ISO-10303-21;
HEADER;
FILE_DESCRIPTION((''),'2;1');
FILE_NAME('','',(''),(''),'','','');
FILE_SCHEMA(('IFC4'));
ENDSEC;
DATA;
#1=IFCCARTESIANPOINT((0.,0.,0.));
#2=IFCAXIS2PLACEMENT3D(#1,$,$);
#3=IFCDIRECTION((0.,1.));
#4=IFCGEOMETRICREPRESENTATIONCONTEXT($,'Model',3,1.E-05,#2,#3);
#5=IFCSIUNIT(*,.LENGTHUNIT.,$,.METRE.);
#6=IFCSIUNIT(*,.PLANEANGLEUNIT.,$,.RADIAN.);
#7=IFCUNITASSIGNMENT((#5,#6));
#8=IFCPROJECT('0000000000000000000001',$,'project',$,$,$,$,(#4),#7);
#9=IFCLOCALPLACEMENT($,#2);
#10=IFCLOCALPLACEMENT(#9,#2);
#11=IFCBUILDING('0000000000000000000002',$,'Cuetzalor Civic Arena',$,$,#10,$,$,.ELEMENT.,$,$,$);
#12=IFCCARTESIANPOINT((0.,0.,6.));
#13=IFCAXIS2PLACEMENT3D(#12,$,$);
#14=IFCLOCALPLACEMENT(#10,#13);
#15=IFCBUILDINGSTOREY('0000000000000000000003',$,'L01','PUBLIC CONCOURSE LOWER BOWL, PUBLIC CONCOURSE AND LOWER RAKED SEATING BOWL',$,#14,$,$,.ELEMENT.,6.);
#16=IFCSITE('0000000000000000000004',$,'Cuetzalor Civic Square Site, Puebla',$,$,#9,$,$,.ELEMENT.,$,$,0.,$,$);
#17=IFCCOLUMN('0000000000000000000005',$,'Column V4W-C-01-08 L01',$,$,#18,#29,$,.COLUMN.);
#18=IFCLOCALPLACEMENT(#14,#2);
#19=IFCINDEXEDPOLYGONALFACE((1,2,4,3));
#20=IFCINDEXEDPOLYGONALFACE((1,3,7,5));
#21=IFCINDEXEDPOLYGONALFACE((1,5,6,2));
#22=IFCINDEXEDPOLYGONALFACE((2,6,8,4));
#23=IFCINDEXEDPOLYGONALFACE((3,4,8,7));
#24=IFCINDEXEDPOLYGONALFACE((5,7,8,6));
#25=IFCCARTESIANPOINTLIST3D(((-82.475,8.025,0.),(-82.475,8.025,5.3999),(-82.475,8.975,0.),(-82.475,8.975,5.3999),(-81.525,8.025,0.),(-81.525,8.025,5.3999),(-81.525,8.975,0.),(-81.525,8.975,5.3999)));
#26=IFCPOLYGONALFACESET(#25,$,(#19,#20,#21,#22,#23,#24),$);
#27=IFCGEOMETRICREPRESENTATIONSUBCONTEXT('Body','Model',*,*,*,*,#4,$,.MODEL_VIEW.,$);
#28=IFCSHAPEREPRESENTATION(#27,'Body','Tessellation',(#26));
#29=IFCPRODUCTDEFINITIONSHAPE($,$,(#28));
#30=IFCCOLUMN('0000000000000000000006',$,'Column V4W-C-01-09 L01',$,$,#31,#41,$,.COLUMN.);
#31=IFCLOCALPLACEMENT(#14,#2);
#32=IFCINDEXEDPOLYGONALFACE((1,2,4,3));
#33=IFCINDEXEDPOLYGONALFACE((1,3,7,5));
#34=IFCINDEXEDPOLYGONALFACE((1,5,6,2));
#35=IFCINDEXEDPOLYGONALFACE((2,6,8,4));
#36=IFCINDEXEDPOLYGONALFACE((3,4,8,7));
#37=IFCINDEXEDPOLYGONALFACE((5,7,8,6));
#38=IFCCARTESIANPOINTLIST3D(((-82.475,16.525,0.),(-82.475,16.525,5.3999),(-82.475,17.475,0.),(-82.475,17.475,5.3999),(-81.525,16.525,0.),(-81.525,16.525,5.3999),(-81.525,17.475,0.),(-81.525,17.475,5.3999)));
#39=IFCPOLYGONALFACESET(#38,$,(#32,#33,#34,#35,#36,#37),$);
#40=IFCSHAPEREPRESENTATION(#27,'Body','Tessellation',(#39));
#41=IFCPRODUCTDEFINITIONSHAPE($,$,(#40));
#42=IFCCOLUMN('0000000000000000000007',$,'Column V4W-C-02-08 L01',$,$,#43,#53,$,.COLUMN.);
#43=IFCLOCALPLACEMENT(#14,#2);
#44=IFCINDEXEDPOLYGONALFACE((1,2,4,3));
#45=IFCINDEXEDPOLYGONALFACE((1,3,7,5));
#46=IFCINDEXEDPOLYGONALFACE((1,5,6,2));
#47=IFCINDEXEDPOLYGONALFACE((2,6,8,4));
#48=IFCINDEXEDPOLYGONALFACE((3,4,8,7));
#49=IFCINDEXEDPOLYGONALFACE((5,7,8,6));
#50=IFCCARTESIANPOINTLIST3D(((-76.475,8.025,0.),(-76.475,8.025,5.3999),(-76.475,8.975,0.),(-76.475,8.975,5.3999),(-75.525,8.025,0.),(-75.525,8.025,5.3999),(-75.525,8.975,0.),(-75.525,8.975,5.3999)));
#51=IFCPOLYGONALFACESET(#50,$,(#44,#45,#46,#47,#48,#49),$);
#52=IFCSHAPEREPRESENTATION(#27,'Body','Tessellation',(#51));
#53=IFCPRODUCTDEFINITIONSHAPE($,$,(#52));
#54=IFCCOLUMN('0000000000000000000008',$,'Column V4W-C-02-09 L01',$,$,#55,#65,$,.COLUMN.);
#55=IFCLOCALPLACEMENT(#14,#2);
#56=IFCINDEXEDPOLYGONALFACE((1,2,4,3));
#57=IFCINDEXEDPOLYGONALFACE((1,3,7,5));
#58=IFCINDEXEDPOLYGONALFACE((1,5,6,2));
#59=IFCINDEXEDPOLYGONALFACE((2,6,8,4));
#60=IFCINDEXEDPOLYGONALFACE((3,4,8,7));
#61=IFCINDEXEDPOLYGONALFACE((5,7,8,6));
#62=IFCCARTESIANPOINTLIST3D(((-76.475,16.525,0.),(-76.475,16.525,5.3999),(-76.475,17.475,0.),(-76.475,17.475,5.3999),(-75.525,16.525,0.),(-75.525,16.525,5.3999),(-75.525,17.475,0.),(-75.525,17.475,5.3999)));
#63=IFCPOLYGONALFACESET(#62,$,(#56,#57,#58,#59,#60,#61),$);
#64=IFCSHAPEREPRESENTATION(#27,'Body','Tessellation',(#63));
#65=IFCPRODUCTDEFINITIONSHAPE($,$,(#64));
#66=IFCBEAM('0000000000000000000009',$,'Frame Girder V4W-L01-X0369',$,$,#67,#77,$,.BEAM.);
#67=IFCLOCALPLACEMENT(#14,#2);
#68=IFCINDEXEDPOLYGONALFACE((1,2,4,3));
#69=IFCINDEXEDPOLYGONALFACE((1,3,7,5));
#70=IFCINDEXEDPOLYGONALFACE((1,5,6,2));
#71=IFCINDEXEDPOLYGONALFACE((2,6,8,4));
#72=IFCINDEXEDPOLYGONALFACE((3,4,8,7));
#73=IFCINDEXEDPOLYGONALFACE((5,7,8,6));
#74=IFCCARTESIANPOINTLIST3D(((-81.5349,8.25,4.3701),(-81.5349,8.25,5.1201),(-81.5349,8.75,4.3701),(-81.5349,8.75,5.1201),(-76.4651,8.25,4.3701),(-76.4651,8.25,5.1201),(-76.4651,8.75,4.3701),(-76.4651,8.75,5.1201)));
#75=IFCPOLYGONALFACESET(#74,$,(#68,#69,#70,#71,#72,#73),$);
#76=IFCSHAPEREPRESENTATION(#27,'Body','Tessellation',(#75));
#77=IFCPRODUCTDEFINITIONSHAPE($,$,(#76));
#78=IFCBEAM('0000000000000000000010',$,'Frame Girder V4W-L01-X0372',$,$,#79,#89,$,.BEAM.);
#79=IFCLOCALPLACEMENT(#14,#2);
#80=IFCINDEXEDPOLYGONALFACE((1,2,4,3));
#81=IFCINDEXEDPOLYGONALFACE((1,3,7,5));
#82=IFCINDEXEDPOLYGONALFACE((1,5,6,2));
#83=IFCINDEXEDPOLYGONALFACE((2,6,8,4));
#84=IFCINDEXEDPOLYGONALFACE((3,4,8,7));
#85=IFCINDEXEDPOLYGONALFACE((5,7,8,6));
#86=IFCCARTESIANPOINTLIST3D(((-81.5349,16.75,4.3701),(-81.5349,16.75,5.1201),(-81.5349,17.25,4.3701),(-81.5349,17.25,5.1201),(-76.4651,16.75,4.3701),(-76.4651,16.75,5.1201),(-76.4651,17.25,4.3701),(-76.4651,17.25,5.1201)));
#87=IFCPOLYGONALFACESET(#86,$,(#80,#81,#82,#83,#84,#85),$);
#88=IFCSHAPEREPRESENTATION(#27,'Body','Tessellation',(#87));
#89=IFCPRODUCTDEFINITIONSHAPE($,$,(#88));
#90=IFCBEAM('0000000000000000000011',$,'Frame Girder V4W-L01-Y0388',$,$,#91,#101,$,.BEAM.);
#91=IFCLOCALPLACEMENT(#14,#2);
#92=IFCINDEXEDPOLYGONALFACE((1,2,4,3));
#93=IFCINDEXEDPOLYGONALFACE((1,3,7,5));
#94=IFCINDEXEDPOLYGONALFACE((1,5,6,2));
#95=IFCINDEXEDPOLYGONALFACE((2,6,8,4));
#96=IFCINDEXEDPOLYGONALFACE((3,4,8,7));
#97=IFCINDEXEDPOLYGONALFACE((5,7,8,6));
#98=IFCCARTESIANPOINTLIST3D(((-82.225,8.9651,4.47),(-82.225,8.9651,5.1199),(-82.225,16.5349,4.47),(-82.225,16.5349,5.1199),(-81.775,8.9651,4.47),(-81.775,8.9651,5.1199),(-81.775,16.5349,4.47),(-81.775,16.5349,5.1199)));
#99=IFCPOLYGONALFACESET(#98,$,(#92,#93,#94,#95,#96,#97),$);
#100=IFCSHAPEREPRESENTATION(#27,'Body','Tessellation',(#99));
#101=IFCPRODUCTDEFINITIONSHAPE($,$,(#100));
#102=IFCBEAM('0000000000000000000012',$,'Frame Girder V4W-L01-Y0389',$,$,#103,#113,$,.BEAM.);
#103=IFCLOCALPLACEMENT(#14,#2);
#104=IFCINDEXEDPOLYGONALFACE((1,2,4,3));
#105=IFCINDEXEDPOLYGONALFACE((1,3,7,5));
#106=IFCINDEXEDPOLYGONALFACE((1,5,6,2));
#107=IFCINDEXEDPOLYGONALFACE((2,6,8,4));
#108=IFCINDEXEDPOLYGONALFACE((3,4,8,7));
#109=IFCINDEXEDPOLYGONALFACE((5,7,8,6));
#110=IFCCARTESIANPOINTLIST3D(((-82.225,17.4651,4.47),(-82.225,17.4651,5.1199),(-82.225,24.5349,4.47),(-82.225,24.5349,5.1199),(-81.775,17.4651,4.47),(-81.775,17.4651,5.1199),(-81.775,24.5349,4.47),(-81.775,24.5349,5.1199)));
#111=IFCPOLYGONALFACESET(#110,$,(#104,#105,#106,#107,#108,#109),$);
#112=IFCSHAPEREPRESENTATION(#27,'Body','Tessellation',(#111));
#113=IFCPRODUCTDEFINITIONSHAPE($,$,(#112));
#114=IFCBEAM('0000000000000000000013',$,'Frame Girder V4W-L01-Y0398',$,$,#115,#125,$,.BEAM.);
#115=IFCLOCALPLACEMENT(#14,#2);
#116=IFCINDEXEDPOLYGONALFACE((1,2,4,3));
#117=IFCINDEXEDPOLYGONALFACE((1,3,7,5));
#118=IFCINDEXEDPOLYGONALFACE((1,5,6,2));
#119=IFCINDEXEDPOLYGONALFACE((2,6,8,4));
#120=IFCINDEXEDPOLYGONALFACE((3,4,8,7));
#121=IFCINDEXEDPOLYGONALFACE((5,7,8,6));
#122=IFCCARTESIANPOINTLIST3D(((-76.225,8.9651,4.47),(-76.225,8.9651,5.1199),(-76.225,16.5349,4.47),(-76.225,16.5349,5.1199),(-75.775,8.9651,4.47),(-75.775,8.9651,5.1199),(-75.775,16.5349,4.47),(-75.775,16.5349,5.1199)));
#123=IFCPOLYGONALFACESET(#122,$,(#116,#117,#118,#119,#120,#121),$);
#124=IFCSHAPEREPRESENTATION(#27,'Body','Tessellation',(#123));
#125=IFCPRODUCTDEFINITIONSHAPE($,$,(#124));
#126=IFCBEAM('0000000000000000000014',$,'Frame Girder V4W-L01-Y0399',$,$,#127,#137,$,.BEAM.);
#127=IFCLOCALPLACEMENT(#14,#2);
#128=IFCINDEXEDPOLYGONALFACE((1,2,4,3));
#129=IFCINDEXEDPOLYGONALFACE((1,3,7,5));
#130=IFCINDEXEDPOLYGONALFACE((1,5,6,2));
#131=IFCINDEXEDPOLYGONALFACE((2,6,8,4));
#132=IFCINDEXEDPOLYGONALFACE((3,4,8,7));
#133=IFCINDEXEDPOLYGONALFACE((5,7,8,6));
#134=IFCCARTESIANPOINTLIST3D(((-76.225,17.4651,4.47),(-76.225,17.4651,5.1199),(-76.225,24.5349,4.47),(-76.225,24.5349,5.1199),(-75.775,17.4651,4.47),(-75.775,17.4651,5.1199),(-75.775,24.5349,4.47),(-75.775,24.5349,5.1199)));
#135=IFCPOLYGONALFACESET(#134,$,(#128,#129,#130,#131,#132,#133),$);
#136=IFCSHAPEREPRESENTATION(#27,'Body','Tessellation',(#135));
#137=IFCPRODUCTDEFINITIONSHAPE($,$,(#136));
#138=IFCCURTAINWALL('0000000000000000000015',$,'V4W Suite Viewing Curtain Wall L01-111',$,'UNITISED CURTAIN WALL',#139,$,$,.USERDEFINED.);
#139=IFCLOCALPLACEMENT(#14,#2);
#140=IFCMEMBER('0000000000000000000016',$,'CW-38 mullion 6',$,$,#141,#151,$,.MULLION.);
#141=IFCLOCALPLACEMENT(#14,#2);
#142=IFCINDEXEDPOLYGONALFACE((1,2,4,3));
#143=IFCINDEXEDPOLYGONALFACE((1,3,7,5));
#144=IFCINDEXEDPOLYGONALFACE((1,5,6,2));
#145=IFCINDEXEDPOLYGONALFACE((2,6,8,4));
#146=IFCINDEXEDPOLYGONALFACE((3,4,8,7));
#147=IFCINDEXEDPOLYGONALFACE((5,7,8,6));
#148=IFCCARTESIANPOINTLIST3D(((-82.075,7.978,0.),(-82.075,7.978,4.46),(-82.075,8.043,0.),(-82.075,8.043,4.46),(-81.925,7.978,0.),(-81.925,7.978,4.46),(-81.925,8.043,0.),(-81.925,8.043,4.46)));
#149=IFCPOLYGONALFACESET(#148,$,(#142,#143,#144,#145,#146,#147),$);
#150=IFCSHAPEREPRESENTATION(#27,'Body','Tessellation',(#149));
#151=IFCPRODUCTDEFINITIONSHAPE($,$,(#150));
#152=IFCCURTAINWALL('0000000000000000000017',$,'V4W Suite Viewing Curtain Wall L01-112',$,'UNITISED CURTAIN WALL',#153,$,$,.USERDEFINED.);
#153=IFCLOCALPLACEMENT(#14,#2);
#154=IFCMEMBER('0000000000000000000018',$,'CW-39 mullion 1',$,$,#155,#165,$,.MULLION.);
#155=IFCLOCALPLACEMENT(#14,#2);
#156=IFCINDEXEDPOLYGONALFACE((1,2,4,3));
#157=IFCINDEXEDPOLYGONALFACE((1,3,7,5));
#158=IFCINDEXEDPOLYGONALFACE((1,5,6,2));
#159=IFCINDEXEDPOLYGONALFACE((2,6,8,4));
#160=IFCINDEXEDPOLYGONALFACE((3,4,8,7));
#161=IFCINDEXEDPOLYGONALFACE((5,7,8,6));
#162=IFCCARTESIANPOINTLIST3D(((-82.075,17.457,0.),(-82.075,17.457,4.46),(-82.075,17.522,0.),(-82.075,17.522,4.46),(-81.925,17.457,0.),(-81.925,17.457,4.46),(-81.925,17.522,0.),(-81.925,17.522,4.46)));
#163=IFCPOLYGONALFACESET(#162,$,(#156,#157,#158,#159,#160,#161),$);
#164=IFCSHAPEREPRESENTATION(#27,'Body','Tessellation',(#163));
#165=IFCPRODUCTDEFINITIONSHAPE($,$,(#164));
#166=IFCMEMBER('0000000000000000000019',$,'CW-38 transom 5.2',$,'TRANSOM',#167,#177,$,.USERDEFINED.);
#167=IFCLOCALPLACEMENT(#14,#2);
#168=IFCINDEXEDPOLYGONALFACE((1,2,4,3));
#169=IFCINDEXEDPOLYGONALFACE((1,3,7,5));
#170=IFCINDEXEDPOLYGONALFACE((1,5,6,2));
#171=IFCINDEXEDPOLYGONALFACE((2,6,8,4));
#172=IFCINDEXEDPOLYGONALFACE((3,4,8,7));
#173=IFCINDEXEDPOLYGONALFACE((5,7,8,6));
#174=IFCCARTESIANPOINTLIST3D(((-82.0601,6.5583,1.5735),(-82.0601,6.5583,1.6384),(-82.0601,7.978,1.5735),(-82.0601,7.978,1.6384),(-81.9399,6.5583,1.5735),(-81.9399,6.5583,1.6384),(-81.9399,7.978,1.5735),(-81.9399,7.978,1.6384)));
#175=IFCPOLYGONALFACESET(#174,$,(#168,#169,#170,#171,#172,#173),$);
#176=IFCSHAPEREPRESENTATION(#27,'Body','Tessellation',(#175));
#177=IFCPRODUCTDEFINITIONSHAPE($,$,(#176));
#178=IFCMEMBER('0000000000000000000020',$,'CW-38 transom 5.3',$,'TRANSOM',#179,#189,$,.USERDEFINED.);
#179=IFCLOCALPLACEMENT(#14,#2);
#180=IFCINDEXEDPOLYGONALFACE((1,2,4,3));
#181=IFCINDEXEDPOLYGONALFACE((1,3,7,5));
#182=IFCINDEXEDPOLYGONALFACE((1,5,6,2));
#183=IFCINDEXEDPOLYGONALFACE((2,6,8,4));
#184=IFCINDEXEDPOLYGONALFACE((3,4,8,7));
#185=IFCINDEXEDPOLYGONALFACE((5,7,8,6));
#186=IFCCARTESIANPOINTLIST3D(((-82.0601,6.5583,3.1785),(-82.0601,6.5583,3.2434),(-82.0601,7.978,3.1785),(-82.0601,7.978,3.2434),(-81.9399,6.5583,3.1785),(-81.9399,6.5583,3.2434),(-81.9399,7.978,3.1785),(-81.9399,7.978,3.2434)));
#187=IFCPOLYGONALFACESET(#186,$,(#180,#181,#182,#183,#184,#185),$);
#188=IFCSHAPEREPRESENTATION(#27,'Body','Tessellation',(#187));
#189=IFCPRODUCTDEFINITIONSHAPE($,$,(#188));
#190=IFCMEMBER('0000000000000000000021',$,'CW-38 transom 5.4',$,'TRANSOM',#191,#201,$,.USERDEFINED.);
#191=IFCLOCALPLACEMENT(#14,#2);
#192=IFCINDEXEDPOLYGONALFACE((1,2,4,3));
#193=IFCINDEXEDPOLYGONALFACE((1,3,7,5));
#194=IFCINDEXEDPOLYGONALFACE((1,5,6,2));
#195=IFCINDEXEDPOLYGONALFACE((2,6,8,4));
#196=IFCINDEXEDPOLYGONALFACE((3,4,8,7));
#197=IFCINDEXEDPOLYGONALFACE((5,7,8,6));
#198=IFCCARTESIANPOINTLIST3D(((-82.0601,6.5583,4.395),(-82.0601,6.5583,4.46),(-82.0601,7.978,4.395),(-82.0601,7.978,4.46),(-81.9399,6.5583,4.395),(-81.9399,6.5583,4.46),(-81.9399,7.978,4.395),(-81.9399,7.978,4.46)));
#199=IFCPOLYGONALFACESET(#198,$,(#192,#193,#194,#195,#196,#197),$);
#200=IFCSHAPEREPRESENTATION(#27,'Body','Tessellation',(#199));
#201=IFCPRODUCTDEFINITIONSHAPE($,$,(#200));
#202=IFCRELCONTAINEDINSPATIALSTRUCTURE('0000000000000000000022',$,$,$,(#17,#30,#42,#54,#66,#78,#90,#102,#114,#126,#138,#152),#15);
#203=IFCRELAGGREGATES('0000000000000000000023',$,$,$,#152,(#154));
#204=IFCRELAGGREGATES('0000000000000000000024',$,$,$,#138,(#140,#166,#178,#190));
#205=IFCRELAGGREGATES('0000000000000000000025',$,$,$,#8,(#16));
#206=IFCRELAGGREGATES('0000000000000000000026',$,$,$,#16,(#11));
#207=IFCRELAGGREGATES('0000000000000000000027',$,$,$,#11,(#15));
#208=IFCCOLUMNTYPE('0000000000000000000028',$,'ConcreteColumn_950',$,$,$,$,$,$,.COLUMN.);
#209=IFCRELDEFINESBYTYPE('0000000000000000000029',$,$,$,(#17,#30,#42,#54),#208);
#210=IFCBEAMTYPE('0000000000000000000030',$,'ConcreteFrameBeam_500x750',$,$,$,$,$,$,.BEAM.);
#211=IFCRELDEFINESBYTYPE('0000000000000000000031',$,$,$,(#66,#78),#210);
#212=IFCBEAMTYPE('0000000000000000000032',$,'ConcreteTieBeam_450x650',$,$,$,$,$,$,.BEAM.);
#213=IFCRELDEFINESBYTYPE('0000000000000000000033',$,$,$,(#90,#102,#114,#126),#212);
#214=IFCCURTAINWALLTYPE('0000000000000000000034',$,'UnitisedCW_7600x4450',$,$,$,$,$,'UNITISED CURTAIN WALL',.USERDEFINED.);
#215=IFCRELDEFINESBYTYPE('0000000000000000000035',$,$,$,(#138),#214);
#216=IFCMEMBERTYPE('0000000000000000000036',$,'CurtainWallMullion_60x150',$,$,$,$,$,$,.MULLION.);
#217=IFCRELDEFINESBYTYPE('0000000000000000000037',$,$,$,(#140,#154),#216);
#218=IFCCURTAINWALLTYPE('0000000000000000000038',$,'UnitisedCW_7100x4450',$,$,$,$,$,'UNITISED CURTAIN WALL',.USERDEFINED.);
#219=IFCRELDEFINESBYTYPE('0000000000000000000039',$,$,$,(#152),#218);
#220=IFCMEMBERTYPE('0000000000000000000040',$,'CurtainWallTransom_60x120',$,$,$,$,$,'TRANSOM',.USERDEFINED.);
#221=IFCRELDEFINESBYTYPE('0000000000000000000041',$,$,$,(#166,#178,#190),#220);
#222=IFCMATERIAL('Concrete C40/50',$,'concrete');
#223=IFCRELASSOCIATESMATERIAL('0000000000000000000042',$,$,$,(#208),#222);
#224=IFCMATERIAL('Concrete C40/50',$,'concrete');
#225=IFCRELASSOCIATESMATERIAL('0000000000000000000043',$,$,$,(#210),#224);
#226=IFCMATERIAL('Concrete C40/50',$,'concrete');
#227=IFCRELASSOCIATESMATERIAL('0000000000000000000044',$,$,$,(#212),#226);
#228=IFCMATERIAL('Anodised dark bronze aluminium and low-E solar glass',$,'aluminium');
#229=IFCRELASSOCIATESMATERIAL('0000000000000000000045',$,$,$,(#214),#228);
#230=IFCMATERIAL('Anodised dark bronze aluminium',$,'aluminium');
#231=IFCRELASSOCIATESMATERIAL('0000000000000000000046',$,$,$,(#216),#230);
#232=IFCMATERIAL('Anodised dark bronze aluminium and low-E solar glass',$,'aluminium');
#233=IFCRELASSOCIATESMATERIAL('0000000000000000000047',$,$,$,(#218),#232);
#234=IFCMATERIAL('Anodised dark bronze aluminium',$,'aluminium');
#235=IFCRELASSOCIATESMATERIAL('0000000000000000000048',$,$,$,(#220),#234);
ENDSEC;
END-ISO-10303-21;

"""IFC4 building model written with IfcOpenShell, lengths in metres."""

from ifc_helpers import new_model, si_unit, direction, frame, origin, origin_2d, place, context, subcontext, project, spatial, rectangle, extrude, material, material_profile, profile_set, type_object, element, aggregate, save


model = new_model("IFC4")

# Units and contexts
model_context = context("Model", 3, precision=1e-05, world=origin(), true_north=direction((0.0, 1.0)))
body_context = subcontext(model_context, "Body", "Model", "MODEL_VIEW")
ifc_project = project(units=[si_unit("LENGTHUNIT", "METRE"), si_unit("PLANEANGLEUNIT", "RADIAN")], contexts=[model_context])

# Site, building, storey
site_placement = place(None, origin())
site = spatial("IfcSite", under=ifc_project, at=site_placement, Name="Cuetzalor Civic Square Site, Puebla", CompositionType="ELEMENT", RefElevation=0.0)
building_placement = place(site_placement, origin())
building = spatial("IfcBuilding", under=site, at=building_placement, Name="Cuetzalor Civic Arena", CompositionType="ELEMENT")
storey_placement = place(building_placement, frame((0.0, 0.0, 6.0)))
storey = spatial("IfcBuildingStorey", under=building, at=storey_placement, Name="L01", Description="PUBLIC CONCOURSE LOWER BOWL, PUBLIC CONCOURSE AND LOWER RAKED SEATING BOWL", CompositionType="ELEMENT", Elevation=6.0)

# Columns
ifc_material_1 = material(Name="Concrete C40/50", Category="concrete")
ifc_material_profile_1 = material_profile(ifc_material_1, rectangle(XDim=0.95, YDim=0.95, at=origin_2d()), Name="RC 950x950")
ifc_profile_set_1 = profile_set([ifc_material_profile_1], Name="Concrete C40/50")
column_type = type_object("IfcColumnType", Name="ConcreteColumn_950", PredefinedType="COLUMN", material=ifc_profile_set_1)
for number, where, z_axis, x_axis, name in (
    (1, (-82.0, 8.5, 0.0), (0.0, 0.0, 1.0), (1.0, 0.0, 0.0), "Column V4W-C-01-08 L01"),
    (2, (-82.0, 17.0, 0.0), (0.0, 0.0, 1.0), (1.0, 0.0, 0.0), "Column V4W-C-01-09 L01"),
    (3, (-76.0, 8.5, 0.0), (0.0, 0.0, 1.0), (1.0, 0.0, 0.0), "Column V4W-C-02-08 L01"),
    (4, (-76.0, 17.0, 0.0), (0.0, 0.0, 1.0), (1.0, 0.0, 0.0), "Column V4W-C-02-09 L01"),
):
    element("IfcColumn", number, at=place(storey_placement, frame(where, z_axis=z_axis, x_axis=x_axis)), inside=storey, type_object=column_type, Name=name, PredefinedType="COLUMN", context=body_context, shape_type="SweptSolid", body=[
        extrude(rectangle(XDim=0.95, YDim=0.95, at=origin_2d()), origin(), (0.0, 0.0, 1.0), 5.3999),
    ])

# Beams
ifc_material_2 = material(Name="Concrete C40/50", Category="concrete")
ifc_material_profile_2 = material_profile(ifc_material_2, rectangle(XDim=0.5, YDim=0.75, at=origin_2d()), Name="RC 500x750")
ifc_profile_set_2 = profile_set([ifc_material_profile_2], Name="Concrete C40/50")
beam_type_1 = type_object("IfcBeamType", Name="ConcreteFrameBeam_500x750", PredefinedType="BEAM", material=ifc_profile_set_2)
for number, where, z_axis, x_axis, name in (
    (5, (-81.5349, 8.5, 4.7451), (1.0, 0.0, 0.0), (0.0, 1.0, 0.0), "Frame Girder V4W-L01-X0369"),
    (6, (-81.5349, 17.0, 4.7451), (1.0, 0.0, 0.0), (0.0, 1.0, 0.0), "Frame Girder V4W-L01-X0372"),
):
    element("IfcBeam", number, at=place(storey_placement, frame(where, z_axis=z_axis, x_axis=x_axis)), inside=storey, type_object=beam_type_1, Name=name, PredefinedType="BEAM", context=body_context, shape_type="SweptSolid", body=[
        extrude(rectangle(XDim=0.5, YDim=0.75, at=origin_2d()), origin(), (0.0, 0.0, 1.0), 5.0698),
    ])
ifc_material_3 = material(Name="Concrete C40/50", Category="concrete")
ifc_material_profile_3 = material_profile(ifc_material_3, rectangle(XDim=0.45, YDim=0.6499, at=origin_2d()), Name="RC 450x650")
ifc_profile_set_3 = profile_set([ifc_material_profile_3], Name="Concrete C40/50")
beam_type_2 = type_object("IfcBeamType", Name="ConcreteTieBeam_450x650", PredefinedType="BEAM", material=ifc_profile_set_3)
beam_1_placement = place(storey_placement, frame((-82.0, 8.9651, 4.7949), z_axis=(0.0, 1.0, 0.0), x_axis=(-1.0, 0.0, 0.0)))
element("IfcBeam", 7, at=beam_1_placement, inside=storey, type_object=beam_type_2, Name="Frame Girder V4W-L01-Y0388", PredefinedType="BEAM", context=body_context, shape_type="SweptSolid", body=[
    extrude(rectangle(XDim=0.45, YDim=0.6499, at=origin_2d()), origin(), (0.0, 0.0, 1.0), 7.5698),
])
beam_2_placement = place(storey_placement, frame((-82.0, 17.4651, 4.7949), z_axis=(0.0, 1.0, 0.0), x_axis=(-1.0, 0.0, 0.0)))
element("IfcBeam", 8, at=beam_2_placement, inside=storey, type_object=beam_type_2, Name="Frame Girder V4W-L01-Y0389", PredefinedType="BEAM", context=body_context, shape_type="SweptSolid", body=[
    extrude(rectangle(XDim=0.45, YDim=0.6499, at=origin_2d()), origin(), (0.0, 0.0, 1.0), 7.0698),
])
beam_3_placement = place(storey_placement, frame((-76.0, 8.9651, 4.7949), z_axis=(0.0, 1.0, 0.0), x_axis=(-1.0, 0.0, 0.0)))
element("IfcBeam", 9, at=beam_3_placement, inside=storey, type_object=beam_type_2, Name="Frame Girder V4W-L01-Y0398", PredefinedType="BEAM", context=body_context, shape_type="SweptSolid", body=[
    extrude(rectangle(XDim=0.45, YDim=0.6499, at=origin_2d()), origin(), (0.0, 0.0, 1.0), 7.5698),
])
beam_4_placement = place(storey_placement, frame((-76.0, 17.4651, 4.7949), z_axis=(0.0, 1.0, 0.0), x_axis=(-1.0, 0.0, 0.0)))
element("IfcBeam", 10, at=beam_4_placement, inside=storey, type_object=beam_type_2, Name="Frame Girder V4W-L01-Y0399", PredefinedType="BEAM", context=body_context, shape_type="SweptSolid", body=[
    extrude(rectangle(XDim=0.45, YDim=0.6499, at=origin_2d()), origin(), (0.0, 0.0, 1.0), 7.0698),
])

# Curtain walls, members
ifc_material_4 = material(Name="Anodised dark bronze aluminium and low-E solar glass", Category="aluminium")
curtain_wall_type_1 = type_object("IfcCurtainWallType", Name="UnitisedCW_7600x4450", ElementType="UNITISED CURTAIN WALL", PredefinedType="USERDEFINED", material=ifc_material_4)
curtain_wall_1_placement = place(storey_placement, origin())
curtain_wall_1 = element("IfcCurtainWall", 11, at=curtain_wall_1_placement, inside=storey, type_object=curtain_wall_type_1, Name="V4W Suite Viewing Curtain Wall L01-111", ObjectType="UNITISED CURTAIN WALL", PredefinedType="USERDEFINED")
ifc_material_5 = material(Name="Anodised dark bronze aluminium", Category="aluminium")
ifc_material_profile_4 = material_profile(ifc_material_5, rectangle(XDim=0.0649, YDim=0.1499, at=origin_2d()), Name="ALU MULLION 65x150")
ifc_profile_set_4 = profile_set([ifc_material_profile_4], Name="Anodised dark bronze aluminium")
member_type_1 = type_object("IfcMemberType", Name="CurtainWallMullion_60x150", PredefinedType="MULLION", material=ifc_profile_set_4)
member_1_placement = place(storey_placement, frame((-82.0, 8.0105, 0.0), z_axis=(0.0, 0.0, 1.0), x_axis=(0.0, 1.0, 0.0)))
member_1 = element("IfcMember", 12, at=member_1_placement, type_object=member_type_1, Name="CW-38 mullion 6", PredefinedType="MULLION", context=body_context, shape_type="SweptSolid", body=[
    extrude(rectangle(XDim=0.0649, YDim=0.1499, at=origin_2d()), origin(), (0.0, 0.0, 1.0), 4.46),
])
ifc_material_6 = material(Name="Anodised dark bronze aluminium and low-E solar glass", Category="aluminium")
curtain_wall_type_2 = type_object("IfcCurtainWallType", Name="UnitisedCW_7100x4450", ElementType="UNITISED CURTAIN WALL", PredefinedType="USERDEFINED", material=ifc_material_6)
curtain_wall_2_placement = place(storey_placement, origin())
curtain_wall_2 = element("IfcCurtainWall", 13, at=curtain_wall_2_placement, inside=storey, type_object=curtain_wall_type_2, Name="V4W Suite Viewing Curtain Wall L01-112", ObjectType="UNITISED CURTAIN WALL", PredefinedType="USERDEFINED")
member_2_placement = place(storey_placement, frame((-82.0, 17.4895, 0.0), z_axis=(0.0, 0.0, 1.0), x_axis=(0.0, 1.0, 0.0)))
member_2 = element("IfcMember", 14, at=member_2_placement, type_object=member_type_1, Name="CW-39 mullion 1", PredefinedType="MULLION", context=body_context, shape_type="SweptSolid", body=[
    extrude(rectangle(XDim=0.0649, YDim=0.1499, at=origin_2d()), origin(), (0.0, 0.0, 1.0), 4.46),
])

# Members
ifc_material_7 = material(Name="Anodised dark bronze aluminium", Category="aluminium")
ifc_material_profile_5 = material_profile(ifc_material_7, rectangle(XDim=0.1201, YDim=0.0649, at=origin_2d()), Name="ALU TRANSOM 65x120")
ifc_profile_set_5 = profile_set([ifc_material_profile_5], Name="Anodised dark bronze aluminium")
member_type_2 = type_object("IfcMemberType", Name="CurtainWallTransom_60x120", ElementType="TRANSOM", PredefinedType="USERDEFINED", material=ifc_profile_set_5)
member_3_placement = place(storey_placement, frame((-82.0, 6.5583, 1.606), z_axis=(0.0, 1.0, 0.0), x_axis=(-1.0, 0.0, 0.0)))
member_3 = element("IfcMember", 15, at=member_3_placement, type_object=member_type_2, Name="CW-38 transom 5.2", ObjectType="TRANSOM", PredefinedType="USERDEFINED", context=body_context, shape_type="SweptSolid", body=[
    extrude(rectangle(XDim=0.1201, YDim=0.0649, at=origin_2d()), origin(), (0.0, 0.0, 1.0), 1.4197),
])
member_4_placement = place(storey_placement, frame((-82.0, 6.5583, 3.2109), z_axis=(0.0, 1.0, 0.0), x_axis=(-1.0, 0.0, 0.0)))
member_4 = element("IfcMember", 16, at=member_4_placement, type_object=member_type_2, Name="CW-38 transom 5.3", ObjectType="TRANSOM", PredefinedType="USERDEFINED", context=body_context, shape_type="SweptSolid", body=[
    extrude(rectangle(XDim=0.1201, YDim=0.0649, at=origin_2d()), origin(), (0.0, 0.0, 1.0), 1.4197),
])
member_5_placement = place(storey_placement, frame((-82.0, 6.5583, 4.4275), z_axis=(0.0, 1.0, 0.0), x_axis=(-1.0, 0.0, 0.0)))
member_5 = element("IfcMember", 17, at=member_5_placement, type_object=member_type_2, Name="CW-38 transom 5.4", ObjectType="TRANSOM", PredefinedType="USERDEFINED", context=body_context, shape_type="SweptSolid", body=[
    extrude(rectangle(XDim=0.1201, YDim=0.0649, at=origin_2d()), origin(), (0.0, 0.0, 1.0), 1.4197),
])
aggregate(curtain_wall_2, [member_2])

aggregate(curtain_wall_1, [member_1, member_3, member_4, member_5])

save(model, "model.ifc")
